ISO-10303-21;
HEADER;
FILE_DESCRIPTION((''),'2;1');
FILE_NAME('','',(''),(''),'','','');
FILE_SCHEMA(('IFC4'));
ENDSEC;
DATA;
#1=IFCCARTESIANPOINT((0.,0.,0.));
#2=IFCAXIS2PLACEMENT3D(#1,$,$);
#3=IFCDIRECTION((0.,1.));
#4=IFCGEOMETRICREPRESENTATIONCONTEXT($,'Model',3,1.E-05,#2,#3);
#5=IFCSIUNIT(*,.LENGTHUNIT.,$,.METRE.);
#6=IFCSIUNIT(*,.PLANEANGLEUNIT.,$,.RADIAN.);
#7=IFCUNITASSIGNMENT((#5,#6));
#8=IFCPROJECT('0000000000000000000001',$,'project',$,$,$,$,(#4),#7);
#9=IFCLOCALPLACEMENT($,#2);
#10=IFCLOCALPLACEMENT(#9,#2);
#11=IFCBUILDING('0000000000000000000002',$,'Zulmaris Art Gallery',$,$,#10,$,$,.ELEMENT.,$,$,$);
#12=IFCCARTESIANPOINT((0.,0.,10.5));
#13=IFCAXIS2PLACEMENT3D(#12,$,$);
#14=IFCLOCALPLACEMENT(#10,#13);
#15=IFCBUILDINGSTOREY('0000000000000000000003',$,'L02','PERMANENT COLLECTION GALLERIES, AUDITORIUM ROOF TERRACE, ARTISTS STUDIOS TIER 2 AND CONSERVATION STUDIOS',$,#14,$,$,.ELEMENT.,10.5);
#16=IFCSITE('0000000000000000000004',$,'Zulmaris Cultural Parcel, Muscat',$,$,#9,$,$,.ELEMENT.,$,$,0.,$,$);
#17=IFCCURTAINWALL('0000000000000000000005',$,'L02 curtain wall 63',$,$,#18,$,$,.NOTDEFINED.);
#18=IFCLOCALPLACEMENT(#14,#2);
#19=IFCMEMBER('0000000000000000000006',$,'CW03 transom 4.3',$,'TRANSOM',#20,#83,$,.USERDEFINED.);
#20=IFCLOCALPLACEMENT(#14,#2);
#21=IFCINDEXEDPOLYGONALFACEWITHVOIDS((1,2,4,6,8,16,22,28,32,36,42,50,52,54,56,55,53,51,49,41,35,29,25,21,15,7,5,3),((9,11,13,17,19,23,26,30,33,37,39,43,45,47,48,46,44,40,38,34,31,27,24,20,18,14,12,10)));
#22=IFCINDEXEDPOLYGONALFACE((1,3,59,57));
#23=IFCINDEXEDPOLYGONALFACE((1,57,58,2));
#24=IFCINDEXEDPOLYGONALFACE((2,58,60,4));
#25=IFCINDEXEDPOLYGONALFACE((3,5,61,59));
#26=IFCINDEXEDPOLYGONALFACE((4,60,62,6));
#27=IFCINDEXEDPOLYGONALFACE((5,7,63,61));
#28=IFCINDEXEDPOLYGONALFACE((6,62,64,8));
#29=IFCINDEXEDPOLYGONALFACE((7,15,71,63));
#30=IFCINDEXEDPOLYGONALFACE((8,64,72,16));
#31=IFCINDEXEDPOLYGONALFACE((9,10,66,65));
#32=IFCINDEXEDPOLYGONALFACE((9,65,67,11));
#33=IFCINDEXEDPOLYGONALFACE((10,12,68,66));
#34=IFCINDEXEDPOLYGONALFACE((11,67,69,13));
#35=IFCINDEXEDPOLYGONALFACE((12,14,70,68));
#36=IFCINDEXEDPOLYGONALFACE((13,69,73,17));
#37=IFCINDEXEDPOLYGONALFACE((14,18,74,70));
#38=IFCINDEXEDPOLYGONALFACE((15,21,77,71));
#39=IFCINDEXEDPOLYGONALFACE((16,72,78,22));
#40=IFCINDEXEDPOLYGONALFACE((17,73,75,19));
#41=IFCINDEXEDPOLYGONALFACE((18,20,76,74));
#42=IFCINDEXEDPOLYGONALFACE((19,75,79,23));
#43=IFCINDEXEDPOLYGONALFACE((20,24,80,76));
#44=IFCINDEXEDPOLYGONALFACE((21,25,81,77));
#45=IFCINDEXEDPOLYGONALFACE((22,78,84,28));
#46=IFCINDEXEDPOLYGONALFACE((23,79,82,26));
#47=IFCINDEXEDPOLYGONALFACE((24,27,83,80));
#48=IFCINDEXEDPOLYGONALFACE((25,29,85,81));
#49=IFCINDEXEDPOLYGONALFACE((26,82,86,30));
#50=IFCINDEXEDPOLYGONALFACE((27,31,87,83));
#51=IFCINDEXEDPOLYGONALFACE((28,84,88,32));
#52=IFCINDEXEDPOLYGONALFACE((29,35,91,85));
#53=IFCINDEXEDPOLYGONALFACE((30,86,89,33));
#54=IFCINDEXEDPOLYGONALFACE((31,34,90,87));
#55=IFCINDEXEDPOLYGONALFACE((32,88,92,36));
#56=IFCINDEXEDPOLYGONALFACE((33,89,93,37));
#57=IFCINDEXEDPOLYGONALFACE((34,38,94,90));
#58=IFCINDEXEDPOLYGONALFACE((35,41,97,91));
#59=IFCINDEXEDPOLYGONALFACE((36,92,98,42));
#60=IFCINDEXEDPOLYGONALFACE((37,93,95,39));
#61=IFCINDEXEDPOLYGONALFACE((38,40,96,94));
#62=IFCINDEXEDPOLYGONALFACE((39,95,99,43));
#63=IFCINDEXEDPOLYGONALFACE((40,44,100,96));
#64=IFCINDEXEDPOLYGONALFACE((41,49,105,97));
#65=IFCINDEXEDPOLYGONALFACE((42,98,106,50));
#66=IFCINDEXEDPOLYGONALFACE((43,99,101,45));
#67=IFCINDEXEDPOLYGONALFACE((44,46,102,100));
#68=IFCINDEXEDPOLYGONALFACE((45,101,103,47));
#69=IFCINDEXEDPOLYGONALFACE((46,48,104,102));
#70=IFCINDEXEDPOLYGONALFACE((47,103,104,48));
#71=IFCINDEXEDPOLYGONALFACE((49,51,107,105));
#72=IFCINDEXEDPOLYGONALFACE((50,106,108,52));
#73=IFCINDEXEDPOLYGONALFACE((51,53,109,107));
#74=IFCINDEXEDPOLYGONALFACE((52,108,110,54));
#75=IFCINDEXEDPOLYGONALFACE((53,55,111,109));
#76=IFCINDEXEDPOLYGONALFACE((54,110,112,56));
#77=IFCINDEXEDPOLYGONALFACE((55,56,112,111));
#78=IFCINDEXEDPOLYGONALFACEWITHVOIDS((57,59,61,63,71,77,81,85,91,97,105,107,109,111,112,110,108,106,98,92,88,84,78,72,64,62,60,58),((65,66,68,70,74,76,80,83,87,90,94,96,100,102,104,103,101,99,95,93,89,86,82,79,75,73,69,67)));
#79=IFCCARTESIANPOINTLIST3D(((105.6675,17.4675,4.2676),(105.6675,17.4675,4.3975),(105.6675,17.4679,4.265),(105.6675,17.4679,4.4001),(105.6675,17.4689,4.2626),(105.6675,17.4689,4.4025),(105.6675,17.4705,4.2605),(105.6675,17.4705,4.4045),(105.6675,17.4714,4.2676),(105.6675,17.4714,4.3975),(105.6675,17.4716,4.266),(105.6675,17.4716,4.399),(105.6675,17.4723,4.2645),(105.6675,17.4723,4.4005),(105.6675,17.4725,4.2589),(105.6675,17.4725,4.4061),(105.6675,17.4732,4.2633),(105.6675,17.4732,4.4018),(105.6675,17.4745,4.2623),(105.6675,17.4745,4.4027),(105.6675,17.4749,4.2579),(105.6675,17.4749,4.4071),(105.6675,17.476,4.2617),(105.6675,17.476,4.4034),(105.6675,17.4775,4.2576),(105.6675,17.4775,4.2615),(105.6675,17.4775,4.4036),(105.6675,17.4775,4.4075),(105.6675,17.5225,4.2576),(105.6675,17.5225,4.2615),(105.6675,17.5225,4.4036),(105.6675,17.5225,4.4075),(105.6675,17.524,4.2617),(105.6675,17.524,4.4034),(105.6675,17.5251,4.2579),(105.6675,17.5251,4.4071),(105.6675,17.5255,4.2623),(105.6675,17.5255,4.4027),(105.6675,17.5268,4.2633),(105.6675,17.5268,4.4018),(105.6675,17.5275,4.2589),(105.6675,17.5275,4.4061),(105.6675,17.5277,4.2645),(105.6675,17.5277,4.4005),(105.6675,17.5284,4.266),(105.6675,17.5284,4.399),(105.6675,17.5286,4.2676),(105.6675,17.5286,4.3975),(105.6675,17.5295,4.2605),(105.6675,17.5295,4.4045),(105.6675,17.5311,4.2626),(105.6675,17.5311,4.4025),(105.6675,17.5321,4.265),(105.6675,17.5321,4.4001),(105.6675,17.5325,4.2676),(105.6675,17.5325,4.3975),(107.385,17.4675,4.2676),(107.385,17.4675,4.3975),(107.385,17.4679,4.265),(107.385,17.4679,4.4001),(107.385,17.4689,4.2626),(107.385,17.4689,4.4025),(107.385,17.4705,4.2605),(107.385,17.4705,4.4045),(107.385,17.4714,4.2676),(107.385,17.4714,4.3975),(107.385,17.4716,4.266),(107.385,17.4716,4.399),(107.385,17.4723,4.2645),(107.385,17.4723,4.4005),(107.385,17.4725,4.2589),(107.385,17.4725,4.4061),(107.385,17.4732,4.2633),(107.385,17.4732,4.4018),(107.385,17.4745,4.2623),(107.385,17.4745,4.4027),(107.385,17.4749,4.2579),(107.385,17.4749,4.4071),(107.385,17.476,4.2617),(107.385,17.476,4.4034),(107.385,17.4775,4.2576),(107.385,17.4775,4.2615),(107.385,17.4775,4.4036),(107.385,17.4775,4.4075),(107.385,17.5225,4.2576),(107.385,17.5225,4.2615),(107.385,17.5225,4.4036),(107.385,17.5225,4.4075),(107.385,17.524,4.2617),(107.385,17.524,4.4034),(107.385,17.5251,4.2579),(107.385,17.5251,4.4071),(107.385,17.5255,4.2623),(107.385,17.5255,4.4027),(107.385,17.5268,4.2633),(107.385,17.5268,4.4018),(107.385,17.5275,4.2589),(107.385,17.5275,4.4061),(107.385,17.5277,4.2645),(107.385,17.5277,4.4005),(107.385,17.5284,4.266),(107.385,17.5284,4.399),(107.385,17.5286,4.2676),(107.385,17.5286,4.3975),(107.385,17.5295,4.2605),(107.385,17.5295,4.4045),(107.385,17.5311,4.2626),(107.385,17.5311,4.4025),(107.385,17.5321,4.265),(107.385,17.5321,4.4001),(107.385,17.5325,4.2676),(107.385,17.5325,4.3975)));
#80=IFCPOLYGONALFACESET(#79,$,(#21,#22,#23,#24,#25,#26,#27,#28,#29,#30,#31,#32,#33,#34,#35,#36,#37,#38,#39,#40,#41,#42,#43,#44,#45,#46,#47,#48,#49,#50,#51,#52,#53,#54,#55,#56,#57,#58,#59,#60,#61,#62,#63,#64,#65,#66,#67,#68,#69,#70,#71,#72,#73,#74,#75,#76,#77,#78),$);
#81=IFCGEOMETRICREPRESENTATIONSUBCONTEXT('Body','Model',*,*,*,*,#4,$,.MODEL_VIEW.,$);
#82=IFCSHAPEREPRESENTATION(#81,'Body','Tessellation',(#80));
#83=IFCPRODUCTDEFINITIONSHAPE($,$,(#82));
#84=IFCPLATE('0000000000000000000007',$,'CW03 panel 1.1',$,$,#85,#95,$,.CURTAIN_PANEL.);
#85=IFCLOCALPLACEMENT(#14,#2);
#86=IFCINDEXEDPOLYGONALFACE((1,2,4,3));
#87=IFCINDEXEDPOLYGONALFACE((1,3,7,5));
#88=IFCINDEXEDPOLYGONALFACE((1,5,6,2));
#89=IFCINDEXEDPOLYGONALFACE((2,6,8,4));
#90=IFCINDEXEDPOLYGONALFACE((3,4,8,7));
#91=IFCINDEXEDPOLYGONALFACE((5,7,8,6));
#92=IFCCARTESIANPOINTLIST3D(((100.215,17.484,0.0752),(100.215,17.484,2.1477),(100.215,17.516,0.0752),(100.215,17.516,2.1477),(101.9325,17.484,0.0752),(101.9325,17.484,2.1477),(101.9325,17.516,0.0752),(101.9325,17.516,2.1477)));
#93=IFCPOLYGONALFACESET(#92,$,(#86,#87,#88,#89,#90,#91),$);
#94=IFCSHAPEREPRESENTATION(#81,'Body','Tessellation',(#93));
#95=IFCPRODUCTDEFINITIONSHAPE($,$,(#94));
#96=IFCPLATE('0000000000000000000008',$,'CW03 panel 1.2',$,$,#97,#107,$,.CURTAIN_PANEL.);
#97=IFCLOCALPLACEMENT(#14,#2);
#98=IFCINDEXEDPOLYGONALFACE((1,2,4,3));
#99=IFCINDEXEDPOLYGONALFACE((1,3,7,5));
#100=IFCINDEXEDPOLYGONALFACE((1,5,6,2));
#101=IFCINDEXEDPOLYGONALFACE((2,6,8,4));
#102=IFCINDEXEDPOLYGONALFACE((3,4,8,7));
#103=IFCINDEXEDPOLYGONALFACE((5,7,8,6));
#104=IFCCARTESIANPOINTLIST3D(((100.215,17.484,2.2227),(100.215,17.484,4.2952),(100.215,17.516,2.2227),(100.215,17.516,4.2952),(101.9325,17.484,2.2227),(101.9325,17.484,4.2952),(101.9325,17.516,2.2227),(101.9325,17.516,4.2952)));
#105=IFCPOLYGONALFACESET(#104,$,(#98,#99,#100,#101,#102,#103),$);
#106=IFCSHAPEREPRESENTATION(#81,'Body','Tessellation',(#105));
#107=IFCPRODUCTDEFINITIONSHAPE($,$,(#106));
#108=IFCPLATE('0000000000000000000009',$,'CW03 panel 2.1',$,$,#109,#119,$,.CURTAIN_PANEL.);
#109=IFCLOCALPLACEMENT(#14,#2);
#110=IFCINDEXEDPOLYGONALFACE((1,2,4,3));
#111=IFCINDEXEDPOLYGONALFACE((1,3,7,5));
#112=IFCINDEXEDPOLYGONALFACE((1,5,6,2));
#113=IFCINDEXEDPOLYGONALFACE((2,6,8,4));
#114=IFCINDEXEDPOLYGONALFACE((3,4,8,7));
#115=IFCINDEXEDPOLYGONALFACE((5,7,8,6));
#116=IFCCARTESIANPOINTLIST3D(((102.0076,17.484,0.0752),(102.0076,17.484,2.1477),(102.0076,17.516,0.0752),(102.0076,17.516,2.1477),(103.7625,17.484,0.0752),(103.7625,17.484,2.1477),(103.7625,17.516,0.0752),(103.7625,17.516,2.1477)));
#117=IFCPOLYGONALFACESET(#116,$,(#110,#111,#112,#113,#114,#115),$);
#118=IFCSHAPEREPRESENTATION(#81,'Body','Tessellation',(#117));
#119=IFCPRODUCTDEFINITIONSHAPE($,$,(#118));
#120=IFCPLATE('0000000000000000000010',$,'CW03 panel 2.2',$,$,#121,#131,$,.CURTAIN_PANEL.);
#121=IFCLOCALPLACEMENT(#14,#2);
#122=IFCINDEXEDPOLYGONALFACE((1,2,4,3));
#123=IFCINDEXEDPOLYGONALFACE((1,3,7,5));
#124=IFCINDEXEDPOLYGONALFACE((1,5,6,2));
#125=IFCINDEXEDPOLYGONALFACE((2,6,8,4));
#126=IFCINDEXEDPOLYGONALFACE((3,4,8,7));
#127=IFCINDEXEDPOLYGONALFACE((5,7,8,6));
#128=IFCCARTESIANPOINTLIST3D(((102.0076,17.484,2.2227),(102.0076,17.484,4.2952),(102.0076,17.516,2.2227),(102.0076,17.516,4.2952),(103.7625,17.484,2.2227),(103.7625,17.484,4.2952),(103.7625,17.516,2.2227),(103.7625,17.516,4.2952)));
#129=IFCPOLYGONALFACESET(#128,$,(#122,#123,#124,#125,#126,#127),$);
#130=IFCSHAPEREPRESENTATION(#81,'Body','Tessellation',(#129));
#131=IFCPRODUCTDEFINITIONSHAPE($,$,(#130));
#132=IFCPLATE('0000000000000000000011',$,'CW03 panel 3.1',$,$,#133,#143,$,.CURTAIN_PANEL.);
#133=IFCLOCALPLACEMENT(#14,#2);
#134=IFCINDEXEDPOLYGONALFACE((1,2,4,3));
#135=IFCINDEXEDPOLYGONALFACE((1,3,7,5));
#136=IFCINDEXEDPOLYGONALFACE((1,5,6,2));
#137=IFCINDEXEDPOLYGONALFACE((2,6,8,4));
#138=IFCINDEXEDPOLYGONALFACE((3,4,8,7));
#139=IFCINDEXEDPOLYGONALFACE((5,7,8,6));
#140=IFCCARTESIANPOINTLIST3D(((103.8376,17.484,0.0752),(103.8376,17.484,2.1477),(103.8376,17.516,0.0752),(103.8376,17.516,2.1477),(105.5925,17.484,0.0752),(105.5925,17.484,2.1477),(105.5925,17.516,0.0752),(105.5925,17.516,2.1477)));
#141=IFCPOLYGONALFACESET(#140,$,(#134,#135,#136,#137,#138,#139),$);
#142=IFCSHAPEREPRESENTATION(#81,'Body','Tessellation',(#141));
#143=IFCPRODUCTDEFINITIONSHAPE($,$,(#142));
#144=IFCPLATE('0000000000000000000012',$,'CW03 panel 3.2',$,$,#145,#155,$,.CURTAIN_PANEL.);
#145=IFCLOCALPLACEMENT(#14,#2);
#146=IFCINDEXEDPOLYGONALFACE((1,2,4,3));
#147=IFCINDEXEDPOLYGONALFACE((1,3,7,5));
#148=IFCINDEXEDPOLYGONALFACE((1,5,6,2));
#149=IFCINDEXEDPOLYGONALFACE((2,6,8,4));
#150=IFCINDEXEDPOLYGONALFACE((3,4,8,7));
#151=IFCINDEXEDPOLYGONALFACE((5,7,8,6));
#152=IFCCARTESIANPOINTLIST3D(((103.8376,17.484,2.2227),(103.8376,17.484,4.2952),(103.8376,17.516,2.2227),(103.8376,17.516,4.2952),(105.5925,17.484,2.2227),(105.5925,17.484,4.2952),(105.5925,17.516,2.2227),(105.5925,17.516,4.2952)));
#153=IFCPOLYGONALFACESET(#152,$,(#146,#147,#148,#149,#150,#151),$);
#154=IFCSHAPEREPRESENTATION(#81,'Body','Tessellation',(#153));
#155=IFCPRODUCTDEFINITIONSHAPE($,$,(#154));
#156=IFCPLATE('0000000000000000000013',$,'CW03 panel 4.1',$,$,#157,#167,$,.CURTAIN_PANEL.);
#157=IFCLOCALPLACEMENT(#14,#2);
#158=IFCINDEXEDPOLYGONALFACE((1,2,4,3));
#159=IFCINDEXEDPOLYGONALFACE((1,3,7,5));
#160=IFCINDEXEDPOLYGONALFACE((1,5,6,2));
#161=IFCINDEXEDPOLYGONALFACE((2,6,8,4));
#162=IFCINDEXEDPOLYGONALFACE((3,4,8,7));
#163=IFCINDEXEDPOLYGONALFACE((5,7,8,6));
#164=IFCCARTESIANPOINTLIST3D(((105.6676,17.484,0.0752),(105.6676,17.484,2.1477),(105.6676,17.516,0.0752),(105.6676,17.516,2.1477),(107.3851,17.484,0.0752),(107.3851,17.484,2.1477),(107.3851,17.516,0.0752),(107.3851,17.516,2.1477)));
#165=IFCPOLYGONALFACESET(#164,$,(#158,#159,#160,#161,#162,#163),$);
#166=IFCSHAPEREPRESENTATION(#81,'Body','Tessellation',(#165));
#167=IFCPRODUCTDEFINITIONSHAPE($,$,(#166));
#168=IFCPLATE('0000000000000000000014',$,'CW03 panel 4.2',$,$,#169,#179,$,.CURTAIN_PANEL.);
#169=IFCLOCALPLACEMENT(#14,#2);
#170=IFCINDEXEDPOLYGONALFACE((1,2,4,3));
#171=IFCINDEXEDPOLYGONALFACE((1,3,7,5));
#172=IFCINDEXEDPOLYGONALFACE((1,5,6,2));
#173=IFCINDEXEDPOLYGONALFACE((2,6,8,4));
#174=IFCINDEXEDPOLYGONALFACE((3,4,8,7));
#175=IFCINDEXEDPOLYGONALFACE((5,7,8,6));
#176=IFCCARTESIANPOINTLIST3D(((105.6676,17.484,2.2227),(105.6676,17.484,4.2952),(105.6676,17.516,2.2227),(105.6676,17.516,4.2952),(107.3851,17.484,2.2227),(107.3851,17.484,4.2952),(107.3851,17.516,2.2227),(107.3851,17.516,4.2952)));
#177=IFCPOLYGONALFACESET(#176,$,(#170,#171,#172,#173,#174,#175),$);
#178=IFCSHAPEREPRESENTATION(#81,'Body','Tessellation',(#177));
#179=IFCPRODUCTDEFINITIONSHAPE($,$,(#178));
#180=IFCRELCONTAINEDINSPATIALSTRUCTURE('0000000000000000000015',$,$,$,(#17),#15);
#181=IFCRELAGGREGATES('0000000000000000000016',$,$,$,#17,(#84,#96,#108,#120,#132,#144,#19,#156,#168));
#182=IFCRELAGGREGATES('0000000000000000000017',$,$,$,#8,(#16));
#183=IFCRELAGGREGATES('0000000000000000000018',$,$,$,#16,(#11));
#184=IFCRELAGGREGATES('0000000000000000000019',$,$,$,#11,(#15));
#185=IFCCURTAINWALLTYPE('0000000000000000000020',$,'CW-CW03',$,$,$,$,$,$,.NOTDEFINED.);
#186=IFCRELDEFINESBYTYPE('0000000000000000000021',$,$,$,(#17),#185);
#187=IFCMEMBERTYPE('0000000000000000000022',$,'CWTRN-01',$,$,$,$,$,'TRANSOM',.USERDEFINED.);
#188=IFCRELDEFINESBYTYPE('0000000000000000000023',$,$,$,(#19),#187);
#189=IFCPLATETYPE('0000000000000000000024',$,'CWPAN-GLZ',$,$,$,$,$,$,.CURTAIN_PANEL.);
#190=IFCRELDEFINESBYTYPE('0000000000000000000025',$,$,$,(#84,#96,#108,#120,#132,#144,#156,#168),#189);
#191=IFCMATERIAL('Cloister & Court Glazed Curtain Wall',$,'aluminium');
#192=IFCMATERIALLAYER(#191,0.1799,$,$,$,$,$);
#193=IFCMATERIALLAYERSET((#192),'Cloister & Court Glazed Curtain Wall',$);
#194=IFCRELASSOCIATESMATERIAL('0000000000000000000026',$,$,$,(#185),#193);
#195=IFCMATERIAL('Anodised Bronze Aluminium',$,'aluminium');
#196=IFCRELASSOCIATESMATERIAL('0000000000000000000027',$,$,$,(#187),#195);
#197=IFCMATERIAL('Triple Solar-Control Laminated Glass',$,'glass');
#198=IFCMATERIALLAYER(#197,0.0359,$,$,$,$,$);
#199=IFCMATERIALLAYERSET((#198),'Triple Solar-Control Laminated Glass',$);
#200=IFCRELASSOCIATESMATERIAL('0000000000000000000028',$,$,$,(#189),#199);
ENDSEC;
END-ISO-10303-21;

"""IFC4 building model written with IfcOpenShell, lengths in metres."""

from ifc_helpers import new_model, si_unit, direction, frame, origin, origin_2d, place, context, subcontext, project, spatial, rectangle, hollow_rectangle, extrude, material, layer, layer_set, material_profile, profile_set, type_object, element, aggregate, save


model = new_model("IFC4")

# Units and contexts
model_context = context("Model", 3, precision=1e-05, world=origin(), true_north=direction((0.0, 1.0)))
body_context = subcontext(model_context, "Body", "Model", "MODEL_VIEW")
ifc_project = project(units=[si_unit("LENGTHUNIT", "METRE"), si_unit("PLANEANGLEUNIT", "RADIAN")], contexts=[model_context])

# Site, building, storey
site_placement = place(None, origin())
site = spatial("IfcSite", under=ifc_project, at=site_placement, Name="Zulmaris Cultural Parcel, Muscat", CompositionType="ELEMENT", RefElevation=0.0)
building_placement = place(site_placement, origin())
building = spatial("IfcBuilding", under=site, at=building_placement, Name="Zulmaris Art Gallery", CompositionType="ELEMENT")
storey_placement = place(building_placement, frame((0.0, 0.0, 10.5)))
storey = spatial("IfcBuildingStorey", under=building, at=storey_placement, Name="L02", Description="PERMANENT COLLECTION GALLERIES, AUDITORIUM ROOF TERRACE, ARTISTS STUDIOS TIER 2 AND CONSERVATION STUDIOS", CompositionType="ELEMENT", Elevation=10.5)

# Shared definitions
ifc_material_1 = material(Name="Cloister & Court Glazed Curtain Wall", Category="aluminium")
ifc_layer_1 = layer(ifc_material_1, 0.1799)
ifc_layer_set_1 = layer_set([ifc_layer_1], Name="Cloister & Court Glazed Curtain Wall")
curtain_wall_type = type_object("IfcCurtainWallType", Name="CW-CW03", PredefinedType="NOTDEFINED", material=ifc_layer_set_1)
ifc_material_2 = material(Name="Anodised Bronze Aluminium", Category="aluminium")

# Curtain wall, member, plates
curtain_wall_1_placement = place(storey_placement, origin())
curtain_wall_1 = element("IfcCurtainWall", 1, at=curtain_wall_1_placement, inside=storey, type_object=curtain_wall_type, Name="L02 curtain wall 63", PredefinedType="NOTDEFINED")
ifc_material_profile_1 = material_profile(ifc_material_2, hollow_rectangle(XDim=0.0649, YDim=0.1499, WallThickness=0.0039, InnerFilletRadius=0.0061, OuterFilletRadius=0.01, at=origin_2d()), Name="ALU 65x150x4")
ifc_profile_set_1 = profile_set([ifc_material_profile_1], Name="Anodised Bronze Aluminium")
member_type_1 = type_object("IfcMemberType", Name="CWTRN-01", ElementType="TRANSOM", PredefinedType="USERDEFINED", material=ifc_profile_set_1)
member_1_placement = place(storey_placement, frame((105.6675, 17.5, 4.3325), z_axis=(1.0, 0.0, 0.0), x_axis=(0.0, 1.0, 0.0)))
member_1 = element("IfcMember", 2, at=member_1_placement, type_object=member_type_1, Name="CW03 transom 4.3", ObjectType="TRANSOM", PredefinedType="USERDEFINED", context=body_context, shape_type="SweptSolid", body=[
    extrude(hollow_rectangle(XDim=0.0649, YDim=0.1499, WallThickness=0.0039, InnerFilletRadius=0.0061, OuterFilletRadius=0.01, at=origin_2d()), origin(), (0.0, 0.0, 1.0), 1.7175),
])
ifc_material_3 = material(Name="Triple Solar-Control Laminated Glass", Category="glass")
ifc_layer_2 = layer(ifc_material_3, 0.0359)
ifc_layer_set_2 = layer_set([ifc_layer_2], Name="Triple Solar-Control Laminated Glass")
plate_type = type_object("IfcPlateType", Name="CWPAN-GLZ", PredefinedType="CURTAIN_PANEL", material=ifc_layer_set_2)
plate_1_placement = place(storey_placement, frame((101.0737, 17.5, 0.0752), z_axis=(0.0, 0.0, 1.0), x_axis=(1.0, 0.0, 0.0)))
plate_1 = element("IfcPlate", 3, at=plate_1_placement, type_object=plate_type, Name="CW03 panel 1.1", PredefinedType="CURTAIN_PANEL", context=body_context, shape_type="SweptSolid", body=[
    extrude(rectangle(XDim=1.7175, YDim=0.032, at=origin_2d()), origin(), (0.0, 0.0, 1.0), 2.0725),
])
plate_2_placement = place(storey_placement, frame((101.0737, 17.5, 2.2227), z_axis=(0.0, 0.0, 1.0), x_axis=(1.0, 0.0, 0.0)))
plate_2 = element("IfcPlate", 4, at=plate_2_placement, type_object=plate_type, Name="CW03 panel 1.2", PredefinedType="CURTAIN_PANEL", context=body_context, shape_type="SweptSolid", body=[
    extrude(rectangle(XDim=1.7175, YDim=0.032, at=origin_2d()), origin(), (0.0, 0.0, 1.0), 2.0725),
])
plate_3_placement = place(storey_placement, frame((102.885, 17.5, 0.0752), z_axis=(0.0, 0.0, 1.0), x_axis=(1.0, 0.0, 0.0)))
plate_3 = element("IfcPlate", 5, at=plate_3_placement, type_object=plate_type, Name="CW03 panel 2.1", PredefinedType="CURTAIN_PANEL", context=body_context, shape_type="SweptSolid", body=[
    extrude(rectangle(XDim=1.7549, YDim=0.032, at=origin_2d()), origin(), (0.0, 0.0, 1.0), 2.0725),
])
plate_4_placement = place(storey_placement, frame((102.885, 17.5, 2.2227), z_axis=(0.0, 0.0, 1.0), x_axis=(1.0, 0.0, 0.0)))
plate_4 = element("IfcPlate", 6, at=plate_4_placement, type_object=plate_type, Name="CW03 panel 2.2", PredefinedType="CURTAIN_PANEL", context=body_context, shape_type="SweptSolid", body=[
    extrude(rectangle(XDim=1.7549, YDim=0.032, at=origin_2d()), origin(), (0.0, 0.0, 1.0), 2.0725),
])
plate_5_placement = place(storey_placement, frame((104.7151, 17.5, 0.0752), z_axis=(0.0, 0.0, 1.0), x_axis=(1.0, 0.0, 0.0)))
plate_5 = element("IfcPlate", 7, at=plate_5_placement, type_object=plate_type, Name="CW03 panel 3.1", PredefinedType="CURTAIN_PANEL", context=body_context, shape_type="SweptSolid", body=[
    extrude(rectangle(XDim=1.7549, YDim=0.032, at=origin_2d()), origin(), (0.0, 0.0, 1.0), 2.0725),
])
plate_6_placement = place(storey_placement, frame((104.7151, 17.5, 2.2227), z_axis=(0.0, 0.0, 1.0), x_axis=(1.0, 0.0, 0.0)))
plate_6 = element("IfcPlate", 8, at=plate_6_placement, type_object=plate_type, Name="CW03 panel 3.2", PredefinedType="CURTAIN_PANEL", context=body_context, shape_type="SweptSolid", body=[
    extrude(rectangle(XDim=1.7549, YDim=0.032, at=origin_2d()), origin(), (0.0, 0.0, 1.0), 2.0725),
])
plate_7_placement = place(storey_placement, frame((106.5264, 17.5, 0.0752), z_axis=(0.0, 0.0, 1.0), x_axis=(1.0, 0.0, 0.0)))
plate_7 = element("IfcPlate", 9, at=plate_7_placement, type_object=plate_type, Name="CW03 panel 4.1", PredefinedType="CURTAIN_PANEL", context=body_context, shape_type="SweptSolid", body=[
    extrude(rectangle(XDim=1.7175, YDim=0.032, at=origin_2d()), origin(), (0.0, 0.0, 1.0), 2.0725),
])
plate_8_placement = place(storey_placement, frame((106.5264, 17.5, 2.2227), z_axis=(0.0, 0.0, 1.0), x_axis=(1.0, 0.0, 0.0)))
plate_8 = element("IfcPlate", 10, at=plate_8_placement, type_object=plate_type, Name="CW03 panel 4.2", PredefinedType="CURTAIN_PANEL", context=body_context, shape_type="SweptSolid", body=[
    extrude(rectangle(XDim=1.7175, YDim=0.032, at=origin_2d()), origin(), (0.0, 0.0, 1.0), 2.0725),
])
aggregate(curtain_wall_1, [plate_1, plate_2, plate_3, plate_4, plate_5, plate_6, member_1, plate_7, plate_8])

save(model, "model.ifc")
